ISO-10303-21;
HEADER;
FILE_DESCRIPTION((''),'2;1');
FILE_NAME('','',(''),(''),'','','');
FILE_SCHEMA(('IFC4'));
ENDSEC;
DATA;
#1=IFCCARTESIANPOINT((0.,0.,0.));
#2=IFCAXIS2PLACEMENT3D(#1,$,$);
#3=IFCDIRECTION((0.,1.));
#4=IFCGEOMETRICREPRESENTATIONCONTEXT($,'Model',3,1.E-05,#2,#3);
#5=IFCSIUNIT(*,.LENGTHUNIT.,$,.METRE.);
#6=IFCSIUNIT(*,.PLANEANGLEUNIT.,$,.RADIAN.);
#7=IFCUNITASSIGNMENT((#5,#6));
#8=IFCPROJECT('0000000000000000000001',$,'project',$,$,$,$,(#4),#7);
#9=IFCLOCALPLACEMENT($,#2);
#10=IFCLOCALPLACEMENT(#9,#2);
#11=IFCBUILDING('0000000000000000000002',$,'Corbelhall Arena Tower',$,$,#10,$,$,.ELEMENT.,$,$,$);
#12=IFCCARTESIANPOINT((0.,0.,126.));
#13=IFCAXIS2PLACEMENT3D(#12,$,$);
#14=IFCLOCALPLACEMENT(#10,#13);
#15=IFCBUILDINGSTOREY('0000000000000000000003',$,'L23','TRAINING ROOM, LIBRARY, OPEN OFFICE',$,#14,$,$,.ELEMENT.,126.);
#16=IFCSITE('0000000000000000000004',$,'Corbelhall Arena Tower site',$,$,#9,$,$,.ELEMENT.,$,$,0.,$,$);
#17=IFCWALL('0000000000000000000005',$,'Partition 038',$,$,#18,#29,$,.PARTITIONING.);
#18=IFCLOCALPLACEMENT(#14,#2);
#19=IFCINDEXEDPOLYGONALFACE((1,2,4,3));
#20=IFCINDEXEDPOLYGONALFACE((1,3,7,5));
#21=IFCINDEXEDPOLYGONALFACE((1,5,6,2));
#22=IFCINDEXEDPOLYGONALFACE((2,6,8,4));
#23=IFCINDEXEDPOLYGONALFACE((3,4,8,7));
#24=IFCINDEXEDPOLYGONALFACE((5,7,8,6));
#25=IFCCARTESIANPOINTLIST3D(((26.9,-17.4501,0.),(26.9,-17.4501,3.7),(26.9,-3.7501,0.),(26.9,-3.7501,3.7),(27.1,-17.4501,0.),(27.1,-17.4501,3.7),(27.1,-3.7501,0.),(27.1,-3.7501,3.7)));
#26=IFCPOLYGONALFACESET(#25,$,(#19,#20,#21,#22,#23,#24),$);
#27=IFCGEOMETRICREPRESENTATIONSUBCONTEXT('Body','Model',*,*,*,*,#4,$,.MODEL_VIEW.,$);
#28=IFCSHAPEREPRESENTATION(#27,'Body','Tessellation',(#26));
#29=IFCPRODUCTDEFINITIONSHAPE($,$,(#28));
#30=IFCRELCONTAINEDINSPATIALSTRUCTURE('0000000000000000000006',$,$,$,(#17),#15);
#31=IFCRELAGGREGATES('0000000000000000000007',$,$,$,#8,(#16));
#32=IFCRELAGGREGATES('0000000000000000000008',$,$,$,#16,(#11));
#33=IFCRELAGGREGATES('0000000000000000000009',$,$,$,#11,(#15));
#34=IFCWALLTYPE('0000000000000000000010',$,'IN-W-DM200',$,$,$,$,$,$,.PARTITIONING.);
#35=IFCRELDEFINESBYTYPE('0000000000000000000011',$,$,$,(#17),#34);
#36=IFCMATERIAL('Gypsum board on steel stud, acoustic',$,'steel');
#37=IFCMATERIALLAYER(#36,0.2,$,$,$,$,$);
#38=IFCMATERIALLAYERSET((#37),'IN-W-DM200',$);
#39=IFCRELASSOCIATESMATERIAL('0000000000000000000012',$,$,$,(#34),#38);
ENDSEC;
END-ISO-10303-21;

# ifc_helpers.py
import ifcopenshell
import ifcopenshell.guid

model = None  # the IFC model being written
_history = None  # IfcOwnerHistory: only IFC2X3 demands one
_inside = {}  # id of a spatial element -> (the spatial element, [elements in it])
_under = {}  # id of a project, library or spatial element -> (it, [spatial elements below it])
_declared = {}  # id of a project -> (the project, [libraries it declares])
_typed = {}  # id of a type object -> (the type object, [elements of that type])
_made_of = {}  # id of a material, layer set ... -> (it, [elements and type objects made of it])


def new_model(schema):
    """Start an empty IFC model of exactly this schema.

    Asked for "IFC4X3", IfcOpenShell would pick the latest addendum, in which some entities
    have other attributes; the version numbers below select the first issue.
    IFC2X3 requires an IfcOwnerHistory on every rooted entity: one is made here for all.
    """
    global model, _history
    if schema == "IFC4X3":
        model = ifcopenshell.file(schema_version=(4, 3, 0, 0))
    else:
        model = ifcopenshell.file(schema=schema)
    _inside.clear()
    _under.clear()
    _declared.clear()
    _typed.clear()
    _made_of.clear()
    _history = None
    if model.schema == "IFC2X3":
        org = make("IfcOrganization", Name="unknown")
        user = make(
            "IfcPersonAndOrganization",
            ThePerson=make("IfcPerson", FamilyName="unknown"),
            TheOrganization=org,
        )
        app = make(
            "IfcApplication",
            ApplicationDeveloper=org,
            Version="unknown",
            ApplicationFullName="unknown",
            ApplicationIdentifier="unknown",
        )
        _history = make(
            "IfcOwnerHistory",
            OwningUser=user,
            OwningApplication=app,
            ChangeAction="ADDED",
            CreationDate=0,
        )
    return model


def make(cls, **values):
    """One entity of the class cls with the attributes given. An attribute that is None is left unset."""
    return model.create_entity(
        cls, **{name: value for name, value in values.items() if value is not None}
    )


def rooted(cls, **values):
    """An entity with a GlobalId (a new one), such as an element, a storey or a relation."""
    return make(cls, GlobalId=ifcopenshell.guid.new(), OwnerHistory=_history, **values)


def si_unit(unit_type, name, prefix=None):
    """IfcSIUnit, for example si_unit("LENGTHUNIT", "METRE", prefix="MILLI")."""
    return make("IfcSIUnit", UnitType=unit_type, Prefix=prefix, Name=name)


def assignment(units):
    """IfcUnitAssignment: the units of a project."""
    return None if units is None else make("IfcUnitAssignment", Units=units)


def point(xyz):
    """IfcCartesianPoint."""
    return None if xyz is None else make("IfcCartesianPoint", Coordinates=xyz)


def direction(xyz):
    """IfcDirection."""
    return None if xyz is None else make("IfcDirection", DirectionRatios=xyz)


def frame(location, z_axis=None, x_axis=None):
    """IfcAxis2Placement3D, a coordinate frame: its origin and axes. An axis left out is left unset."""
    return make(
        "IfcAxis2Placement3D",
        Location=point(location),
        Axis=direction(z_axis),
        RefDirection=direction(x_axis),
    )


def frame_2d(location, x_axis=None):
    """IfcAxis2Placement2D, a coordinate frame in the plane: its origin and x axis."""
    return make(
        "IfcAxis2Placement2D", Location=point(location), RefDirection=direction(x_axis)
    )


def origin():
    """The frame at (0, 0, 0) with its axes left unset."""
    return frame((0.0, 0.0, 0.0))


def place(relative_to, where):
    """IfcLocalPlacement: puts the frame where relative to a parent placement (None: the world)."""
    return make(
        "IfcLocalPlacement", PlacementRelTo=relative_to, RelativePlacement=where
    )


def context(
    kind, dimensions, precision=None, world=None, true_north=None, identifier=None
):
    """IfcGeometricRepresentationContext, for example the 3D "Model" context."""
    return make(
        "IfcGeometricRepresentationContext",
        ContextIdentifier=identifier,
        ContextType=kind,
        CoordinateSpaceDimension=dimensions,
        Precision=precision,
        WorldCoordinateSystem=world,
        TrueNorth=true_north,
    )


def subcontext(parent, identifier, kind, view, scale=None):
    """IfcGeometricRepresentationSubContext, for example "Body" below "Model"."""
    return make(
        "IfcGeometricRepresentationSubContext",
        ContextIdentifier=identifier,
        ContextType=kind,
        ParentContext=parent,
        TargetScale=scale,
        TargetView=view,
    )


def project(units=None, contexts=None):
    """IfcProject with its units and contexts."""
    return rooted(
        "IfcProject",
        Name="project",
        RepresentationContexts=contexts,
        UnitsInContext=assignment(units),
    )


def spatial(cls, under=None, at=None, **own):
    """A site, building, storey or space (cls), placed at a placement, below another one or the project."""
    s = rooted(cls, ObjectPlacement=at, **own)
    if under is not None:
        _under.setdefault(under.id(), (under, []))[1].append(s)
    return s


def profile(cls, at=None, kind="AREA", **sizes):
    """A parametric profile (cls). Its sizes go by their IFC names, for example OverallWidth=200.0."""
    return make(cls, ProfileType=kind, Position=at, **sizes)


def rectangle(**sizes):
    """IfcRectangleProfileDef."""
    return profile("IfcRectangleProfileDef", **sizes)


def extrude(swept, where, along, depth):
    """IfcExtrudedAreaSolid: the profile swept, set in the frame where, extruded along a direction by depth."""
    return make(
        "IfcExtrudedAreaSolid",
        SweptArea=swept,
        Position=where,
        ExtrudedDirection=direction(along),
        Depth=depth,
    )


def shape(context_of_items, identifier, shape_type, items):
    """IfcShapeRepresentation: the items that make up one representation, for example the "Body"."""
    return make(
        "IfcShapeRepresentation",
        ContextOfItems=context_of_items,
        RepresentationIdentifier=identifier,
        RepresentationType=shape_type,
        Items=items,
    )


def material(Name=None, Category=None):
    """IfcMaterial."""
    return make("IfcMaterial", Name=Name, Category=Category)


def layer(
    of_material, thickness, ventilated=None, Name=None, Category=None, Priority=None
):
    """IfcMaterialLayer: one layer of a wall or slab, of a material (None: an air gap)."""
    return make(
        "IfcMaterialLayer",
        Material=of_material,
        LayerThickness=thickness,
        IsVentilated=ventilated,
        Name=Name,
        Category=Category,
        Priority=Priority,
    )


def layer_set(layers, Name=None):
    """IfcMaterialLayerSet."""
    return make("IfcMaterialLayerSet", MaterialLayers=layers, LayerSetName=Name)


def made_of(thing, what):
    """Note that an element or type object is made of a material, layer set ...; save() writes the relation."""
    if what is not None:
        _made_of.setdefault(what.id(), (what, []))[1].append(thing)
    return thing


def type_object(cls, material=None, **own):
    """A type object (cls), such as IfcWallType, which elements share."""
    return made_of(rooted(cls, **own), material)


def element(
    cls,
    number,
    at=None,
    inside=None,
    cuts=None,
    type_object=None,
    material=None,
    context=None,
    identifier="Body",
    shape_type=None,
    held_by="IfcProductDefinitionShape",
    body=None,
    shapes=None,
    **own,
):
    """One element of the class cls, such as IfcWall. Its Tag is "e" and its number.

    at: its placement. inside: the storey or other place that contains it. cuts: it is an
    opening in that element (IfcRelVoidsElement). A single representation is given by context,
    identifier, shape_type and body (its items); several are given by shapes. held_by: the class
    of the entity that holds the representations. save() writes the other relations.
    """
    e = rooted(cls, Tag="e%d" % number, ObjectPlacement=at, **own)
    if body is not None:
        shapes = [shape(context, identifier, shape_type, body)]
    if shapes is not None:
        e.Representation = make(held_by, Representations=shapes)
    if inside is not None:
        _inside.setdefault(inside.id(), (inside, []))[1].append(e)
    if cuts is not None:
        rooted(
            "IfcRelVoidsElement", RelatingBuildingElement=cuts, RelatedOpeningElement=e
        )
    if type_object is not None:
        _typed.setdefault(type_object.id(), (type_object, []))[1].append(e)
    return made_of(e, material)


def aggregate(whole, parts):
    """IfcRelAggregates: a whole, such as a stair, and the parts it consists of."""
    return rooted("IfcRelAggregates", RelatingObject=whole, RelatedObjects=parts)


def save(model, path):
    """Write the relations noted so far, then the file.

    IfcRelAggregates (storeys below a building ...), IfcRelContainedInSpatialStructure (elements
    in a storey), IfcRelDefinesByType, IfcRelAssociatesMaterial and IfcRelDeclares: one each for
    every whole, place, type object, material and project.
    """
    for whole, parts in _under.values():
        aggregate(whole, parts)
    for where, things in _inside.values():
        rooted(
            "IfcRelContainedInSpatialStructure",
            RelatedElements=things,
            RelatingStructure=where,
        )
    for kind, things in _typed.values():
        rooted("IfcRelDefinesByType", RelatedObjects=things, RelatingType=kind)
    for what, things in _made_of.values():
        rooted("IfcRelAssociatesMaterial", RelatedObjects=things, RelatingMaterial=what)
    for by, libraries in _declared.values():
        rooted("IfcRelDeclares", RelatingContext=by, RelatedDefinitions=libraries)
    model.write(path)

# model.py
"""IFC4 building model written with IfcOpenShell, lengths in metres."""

from ifc_helpers import new_model, si_unit, direction, frame, frame_2d, origin, place, context, subcontext, project, spatial, rectangle, extrude, material, layer, layer_set, type_object, element, save


model = new_model("IFC4")

# Units and contexts
model_context = context("Model", 3, precision=1e-05, world=origin(), true_north=direction((0.0, 1.0)))
body_context = subcontext(model_context, "Body", "Model", "MODEL_VIEW")
ifc_project = project(units=[si_unit("LENGTHUNIT", "METRE"), si_unit("PLANEANGLEUNIT", "RADIAN")], contexts=[model_context])

# Site, building, storey
site_placement = place(None, origin())
site = spatial("IfcSite", under=ifc_project, at=site_placement, Name="Corbelhall Arena Tower site", CompositionType="ELEMENT", RefElevation=0.0)
building_placement = place(site_placement, origin())
building = spatial("IfcBuilding", under=site, at=building_placement, Name="Corbelhall Arena Tower", CompositionType="ELEMENT")
storey_placement = place(building_placement, frame((0.0, 0.0, 126.0)))
storey = spatial("IfcBuildingStorey", under=building, at=storey_placement, Name="L23", Description="TRAINING ROOM, LIBRARY, OPEN OFFICE", CompositionType="ELEMENT", Elevation=126.0)

# Shared definitions
ifc_material_1 = material(Name="Gypsum board on steel stud, acoustic", Category="steel")
ifc_layer_1 = layer(ifc_material_1, 0.2)
ifc_layer_set_1 = layer_set([ifc_layer_1], Name="IN-W-DM200")
wall_type_1 = type_object("IfcWallType", Name="IN-W-DM200", PredefinedType="PARTITIONING", material=ifc_layer_set_1)

# Wall
wall_1_placement = place(storey_placement, frame((27.0, -3.75, 0.0), z_axis=(0.0, 0.0, 1.0), x_axis=(0.0, -1.0, 0.0)))
element("IfcWall", 1, at=wall_1_placement, inside=storey, type_object=wall_type_1, Name="Partition 038", PredefinedType="PARTITIONING", context=body_context, shape_type="SweptSolid", body=[
    extrude(rectangle(XDim=13.7, YDim=0.2, at=frame_2d((6.8501, 0.0))), origin(), (0.0, 0.0, 1.0), 3.7),
])

save(model, "model.ifc")
